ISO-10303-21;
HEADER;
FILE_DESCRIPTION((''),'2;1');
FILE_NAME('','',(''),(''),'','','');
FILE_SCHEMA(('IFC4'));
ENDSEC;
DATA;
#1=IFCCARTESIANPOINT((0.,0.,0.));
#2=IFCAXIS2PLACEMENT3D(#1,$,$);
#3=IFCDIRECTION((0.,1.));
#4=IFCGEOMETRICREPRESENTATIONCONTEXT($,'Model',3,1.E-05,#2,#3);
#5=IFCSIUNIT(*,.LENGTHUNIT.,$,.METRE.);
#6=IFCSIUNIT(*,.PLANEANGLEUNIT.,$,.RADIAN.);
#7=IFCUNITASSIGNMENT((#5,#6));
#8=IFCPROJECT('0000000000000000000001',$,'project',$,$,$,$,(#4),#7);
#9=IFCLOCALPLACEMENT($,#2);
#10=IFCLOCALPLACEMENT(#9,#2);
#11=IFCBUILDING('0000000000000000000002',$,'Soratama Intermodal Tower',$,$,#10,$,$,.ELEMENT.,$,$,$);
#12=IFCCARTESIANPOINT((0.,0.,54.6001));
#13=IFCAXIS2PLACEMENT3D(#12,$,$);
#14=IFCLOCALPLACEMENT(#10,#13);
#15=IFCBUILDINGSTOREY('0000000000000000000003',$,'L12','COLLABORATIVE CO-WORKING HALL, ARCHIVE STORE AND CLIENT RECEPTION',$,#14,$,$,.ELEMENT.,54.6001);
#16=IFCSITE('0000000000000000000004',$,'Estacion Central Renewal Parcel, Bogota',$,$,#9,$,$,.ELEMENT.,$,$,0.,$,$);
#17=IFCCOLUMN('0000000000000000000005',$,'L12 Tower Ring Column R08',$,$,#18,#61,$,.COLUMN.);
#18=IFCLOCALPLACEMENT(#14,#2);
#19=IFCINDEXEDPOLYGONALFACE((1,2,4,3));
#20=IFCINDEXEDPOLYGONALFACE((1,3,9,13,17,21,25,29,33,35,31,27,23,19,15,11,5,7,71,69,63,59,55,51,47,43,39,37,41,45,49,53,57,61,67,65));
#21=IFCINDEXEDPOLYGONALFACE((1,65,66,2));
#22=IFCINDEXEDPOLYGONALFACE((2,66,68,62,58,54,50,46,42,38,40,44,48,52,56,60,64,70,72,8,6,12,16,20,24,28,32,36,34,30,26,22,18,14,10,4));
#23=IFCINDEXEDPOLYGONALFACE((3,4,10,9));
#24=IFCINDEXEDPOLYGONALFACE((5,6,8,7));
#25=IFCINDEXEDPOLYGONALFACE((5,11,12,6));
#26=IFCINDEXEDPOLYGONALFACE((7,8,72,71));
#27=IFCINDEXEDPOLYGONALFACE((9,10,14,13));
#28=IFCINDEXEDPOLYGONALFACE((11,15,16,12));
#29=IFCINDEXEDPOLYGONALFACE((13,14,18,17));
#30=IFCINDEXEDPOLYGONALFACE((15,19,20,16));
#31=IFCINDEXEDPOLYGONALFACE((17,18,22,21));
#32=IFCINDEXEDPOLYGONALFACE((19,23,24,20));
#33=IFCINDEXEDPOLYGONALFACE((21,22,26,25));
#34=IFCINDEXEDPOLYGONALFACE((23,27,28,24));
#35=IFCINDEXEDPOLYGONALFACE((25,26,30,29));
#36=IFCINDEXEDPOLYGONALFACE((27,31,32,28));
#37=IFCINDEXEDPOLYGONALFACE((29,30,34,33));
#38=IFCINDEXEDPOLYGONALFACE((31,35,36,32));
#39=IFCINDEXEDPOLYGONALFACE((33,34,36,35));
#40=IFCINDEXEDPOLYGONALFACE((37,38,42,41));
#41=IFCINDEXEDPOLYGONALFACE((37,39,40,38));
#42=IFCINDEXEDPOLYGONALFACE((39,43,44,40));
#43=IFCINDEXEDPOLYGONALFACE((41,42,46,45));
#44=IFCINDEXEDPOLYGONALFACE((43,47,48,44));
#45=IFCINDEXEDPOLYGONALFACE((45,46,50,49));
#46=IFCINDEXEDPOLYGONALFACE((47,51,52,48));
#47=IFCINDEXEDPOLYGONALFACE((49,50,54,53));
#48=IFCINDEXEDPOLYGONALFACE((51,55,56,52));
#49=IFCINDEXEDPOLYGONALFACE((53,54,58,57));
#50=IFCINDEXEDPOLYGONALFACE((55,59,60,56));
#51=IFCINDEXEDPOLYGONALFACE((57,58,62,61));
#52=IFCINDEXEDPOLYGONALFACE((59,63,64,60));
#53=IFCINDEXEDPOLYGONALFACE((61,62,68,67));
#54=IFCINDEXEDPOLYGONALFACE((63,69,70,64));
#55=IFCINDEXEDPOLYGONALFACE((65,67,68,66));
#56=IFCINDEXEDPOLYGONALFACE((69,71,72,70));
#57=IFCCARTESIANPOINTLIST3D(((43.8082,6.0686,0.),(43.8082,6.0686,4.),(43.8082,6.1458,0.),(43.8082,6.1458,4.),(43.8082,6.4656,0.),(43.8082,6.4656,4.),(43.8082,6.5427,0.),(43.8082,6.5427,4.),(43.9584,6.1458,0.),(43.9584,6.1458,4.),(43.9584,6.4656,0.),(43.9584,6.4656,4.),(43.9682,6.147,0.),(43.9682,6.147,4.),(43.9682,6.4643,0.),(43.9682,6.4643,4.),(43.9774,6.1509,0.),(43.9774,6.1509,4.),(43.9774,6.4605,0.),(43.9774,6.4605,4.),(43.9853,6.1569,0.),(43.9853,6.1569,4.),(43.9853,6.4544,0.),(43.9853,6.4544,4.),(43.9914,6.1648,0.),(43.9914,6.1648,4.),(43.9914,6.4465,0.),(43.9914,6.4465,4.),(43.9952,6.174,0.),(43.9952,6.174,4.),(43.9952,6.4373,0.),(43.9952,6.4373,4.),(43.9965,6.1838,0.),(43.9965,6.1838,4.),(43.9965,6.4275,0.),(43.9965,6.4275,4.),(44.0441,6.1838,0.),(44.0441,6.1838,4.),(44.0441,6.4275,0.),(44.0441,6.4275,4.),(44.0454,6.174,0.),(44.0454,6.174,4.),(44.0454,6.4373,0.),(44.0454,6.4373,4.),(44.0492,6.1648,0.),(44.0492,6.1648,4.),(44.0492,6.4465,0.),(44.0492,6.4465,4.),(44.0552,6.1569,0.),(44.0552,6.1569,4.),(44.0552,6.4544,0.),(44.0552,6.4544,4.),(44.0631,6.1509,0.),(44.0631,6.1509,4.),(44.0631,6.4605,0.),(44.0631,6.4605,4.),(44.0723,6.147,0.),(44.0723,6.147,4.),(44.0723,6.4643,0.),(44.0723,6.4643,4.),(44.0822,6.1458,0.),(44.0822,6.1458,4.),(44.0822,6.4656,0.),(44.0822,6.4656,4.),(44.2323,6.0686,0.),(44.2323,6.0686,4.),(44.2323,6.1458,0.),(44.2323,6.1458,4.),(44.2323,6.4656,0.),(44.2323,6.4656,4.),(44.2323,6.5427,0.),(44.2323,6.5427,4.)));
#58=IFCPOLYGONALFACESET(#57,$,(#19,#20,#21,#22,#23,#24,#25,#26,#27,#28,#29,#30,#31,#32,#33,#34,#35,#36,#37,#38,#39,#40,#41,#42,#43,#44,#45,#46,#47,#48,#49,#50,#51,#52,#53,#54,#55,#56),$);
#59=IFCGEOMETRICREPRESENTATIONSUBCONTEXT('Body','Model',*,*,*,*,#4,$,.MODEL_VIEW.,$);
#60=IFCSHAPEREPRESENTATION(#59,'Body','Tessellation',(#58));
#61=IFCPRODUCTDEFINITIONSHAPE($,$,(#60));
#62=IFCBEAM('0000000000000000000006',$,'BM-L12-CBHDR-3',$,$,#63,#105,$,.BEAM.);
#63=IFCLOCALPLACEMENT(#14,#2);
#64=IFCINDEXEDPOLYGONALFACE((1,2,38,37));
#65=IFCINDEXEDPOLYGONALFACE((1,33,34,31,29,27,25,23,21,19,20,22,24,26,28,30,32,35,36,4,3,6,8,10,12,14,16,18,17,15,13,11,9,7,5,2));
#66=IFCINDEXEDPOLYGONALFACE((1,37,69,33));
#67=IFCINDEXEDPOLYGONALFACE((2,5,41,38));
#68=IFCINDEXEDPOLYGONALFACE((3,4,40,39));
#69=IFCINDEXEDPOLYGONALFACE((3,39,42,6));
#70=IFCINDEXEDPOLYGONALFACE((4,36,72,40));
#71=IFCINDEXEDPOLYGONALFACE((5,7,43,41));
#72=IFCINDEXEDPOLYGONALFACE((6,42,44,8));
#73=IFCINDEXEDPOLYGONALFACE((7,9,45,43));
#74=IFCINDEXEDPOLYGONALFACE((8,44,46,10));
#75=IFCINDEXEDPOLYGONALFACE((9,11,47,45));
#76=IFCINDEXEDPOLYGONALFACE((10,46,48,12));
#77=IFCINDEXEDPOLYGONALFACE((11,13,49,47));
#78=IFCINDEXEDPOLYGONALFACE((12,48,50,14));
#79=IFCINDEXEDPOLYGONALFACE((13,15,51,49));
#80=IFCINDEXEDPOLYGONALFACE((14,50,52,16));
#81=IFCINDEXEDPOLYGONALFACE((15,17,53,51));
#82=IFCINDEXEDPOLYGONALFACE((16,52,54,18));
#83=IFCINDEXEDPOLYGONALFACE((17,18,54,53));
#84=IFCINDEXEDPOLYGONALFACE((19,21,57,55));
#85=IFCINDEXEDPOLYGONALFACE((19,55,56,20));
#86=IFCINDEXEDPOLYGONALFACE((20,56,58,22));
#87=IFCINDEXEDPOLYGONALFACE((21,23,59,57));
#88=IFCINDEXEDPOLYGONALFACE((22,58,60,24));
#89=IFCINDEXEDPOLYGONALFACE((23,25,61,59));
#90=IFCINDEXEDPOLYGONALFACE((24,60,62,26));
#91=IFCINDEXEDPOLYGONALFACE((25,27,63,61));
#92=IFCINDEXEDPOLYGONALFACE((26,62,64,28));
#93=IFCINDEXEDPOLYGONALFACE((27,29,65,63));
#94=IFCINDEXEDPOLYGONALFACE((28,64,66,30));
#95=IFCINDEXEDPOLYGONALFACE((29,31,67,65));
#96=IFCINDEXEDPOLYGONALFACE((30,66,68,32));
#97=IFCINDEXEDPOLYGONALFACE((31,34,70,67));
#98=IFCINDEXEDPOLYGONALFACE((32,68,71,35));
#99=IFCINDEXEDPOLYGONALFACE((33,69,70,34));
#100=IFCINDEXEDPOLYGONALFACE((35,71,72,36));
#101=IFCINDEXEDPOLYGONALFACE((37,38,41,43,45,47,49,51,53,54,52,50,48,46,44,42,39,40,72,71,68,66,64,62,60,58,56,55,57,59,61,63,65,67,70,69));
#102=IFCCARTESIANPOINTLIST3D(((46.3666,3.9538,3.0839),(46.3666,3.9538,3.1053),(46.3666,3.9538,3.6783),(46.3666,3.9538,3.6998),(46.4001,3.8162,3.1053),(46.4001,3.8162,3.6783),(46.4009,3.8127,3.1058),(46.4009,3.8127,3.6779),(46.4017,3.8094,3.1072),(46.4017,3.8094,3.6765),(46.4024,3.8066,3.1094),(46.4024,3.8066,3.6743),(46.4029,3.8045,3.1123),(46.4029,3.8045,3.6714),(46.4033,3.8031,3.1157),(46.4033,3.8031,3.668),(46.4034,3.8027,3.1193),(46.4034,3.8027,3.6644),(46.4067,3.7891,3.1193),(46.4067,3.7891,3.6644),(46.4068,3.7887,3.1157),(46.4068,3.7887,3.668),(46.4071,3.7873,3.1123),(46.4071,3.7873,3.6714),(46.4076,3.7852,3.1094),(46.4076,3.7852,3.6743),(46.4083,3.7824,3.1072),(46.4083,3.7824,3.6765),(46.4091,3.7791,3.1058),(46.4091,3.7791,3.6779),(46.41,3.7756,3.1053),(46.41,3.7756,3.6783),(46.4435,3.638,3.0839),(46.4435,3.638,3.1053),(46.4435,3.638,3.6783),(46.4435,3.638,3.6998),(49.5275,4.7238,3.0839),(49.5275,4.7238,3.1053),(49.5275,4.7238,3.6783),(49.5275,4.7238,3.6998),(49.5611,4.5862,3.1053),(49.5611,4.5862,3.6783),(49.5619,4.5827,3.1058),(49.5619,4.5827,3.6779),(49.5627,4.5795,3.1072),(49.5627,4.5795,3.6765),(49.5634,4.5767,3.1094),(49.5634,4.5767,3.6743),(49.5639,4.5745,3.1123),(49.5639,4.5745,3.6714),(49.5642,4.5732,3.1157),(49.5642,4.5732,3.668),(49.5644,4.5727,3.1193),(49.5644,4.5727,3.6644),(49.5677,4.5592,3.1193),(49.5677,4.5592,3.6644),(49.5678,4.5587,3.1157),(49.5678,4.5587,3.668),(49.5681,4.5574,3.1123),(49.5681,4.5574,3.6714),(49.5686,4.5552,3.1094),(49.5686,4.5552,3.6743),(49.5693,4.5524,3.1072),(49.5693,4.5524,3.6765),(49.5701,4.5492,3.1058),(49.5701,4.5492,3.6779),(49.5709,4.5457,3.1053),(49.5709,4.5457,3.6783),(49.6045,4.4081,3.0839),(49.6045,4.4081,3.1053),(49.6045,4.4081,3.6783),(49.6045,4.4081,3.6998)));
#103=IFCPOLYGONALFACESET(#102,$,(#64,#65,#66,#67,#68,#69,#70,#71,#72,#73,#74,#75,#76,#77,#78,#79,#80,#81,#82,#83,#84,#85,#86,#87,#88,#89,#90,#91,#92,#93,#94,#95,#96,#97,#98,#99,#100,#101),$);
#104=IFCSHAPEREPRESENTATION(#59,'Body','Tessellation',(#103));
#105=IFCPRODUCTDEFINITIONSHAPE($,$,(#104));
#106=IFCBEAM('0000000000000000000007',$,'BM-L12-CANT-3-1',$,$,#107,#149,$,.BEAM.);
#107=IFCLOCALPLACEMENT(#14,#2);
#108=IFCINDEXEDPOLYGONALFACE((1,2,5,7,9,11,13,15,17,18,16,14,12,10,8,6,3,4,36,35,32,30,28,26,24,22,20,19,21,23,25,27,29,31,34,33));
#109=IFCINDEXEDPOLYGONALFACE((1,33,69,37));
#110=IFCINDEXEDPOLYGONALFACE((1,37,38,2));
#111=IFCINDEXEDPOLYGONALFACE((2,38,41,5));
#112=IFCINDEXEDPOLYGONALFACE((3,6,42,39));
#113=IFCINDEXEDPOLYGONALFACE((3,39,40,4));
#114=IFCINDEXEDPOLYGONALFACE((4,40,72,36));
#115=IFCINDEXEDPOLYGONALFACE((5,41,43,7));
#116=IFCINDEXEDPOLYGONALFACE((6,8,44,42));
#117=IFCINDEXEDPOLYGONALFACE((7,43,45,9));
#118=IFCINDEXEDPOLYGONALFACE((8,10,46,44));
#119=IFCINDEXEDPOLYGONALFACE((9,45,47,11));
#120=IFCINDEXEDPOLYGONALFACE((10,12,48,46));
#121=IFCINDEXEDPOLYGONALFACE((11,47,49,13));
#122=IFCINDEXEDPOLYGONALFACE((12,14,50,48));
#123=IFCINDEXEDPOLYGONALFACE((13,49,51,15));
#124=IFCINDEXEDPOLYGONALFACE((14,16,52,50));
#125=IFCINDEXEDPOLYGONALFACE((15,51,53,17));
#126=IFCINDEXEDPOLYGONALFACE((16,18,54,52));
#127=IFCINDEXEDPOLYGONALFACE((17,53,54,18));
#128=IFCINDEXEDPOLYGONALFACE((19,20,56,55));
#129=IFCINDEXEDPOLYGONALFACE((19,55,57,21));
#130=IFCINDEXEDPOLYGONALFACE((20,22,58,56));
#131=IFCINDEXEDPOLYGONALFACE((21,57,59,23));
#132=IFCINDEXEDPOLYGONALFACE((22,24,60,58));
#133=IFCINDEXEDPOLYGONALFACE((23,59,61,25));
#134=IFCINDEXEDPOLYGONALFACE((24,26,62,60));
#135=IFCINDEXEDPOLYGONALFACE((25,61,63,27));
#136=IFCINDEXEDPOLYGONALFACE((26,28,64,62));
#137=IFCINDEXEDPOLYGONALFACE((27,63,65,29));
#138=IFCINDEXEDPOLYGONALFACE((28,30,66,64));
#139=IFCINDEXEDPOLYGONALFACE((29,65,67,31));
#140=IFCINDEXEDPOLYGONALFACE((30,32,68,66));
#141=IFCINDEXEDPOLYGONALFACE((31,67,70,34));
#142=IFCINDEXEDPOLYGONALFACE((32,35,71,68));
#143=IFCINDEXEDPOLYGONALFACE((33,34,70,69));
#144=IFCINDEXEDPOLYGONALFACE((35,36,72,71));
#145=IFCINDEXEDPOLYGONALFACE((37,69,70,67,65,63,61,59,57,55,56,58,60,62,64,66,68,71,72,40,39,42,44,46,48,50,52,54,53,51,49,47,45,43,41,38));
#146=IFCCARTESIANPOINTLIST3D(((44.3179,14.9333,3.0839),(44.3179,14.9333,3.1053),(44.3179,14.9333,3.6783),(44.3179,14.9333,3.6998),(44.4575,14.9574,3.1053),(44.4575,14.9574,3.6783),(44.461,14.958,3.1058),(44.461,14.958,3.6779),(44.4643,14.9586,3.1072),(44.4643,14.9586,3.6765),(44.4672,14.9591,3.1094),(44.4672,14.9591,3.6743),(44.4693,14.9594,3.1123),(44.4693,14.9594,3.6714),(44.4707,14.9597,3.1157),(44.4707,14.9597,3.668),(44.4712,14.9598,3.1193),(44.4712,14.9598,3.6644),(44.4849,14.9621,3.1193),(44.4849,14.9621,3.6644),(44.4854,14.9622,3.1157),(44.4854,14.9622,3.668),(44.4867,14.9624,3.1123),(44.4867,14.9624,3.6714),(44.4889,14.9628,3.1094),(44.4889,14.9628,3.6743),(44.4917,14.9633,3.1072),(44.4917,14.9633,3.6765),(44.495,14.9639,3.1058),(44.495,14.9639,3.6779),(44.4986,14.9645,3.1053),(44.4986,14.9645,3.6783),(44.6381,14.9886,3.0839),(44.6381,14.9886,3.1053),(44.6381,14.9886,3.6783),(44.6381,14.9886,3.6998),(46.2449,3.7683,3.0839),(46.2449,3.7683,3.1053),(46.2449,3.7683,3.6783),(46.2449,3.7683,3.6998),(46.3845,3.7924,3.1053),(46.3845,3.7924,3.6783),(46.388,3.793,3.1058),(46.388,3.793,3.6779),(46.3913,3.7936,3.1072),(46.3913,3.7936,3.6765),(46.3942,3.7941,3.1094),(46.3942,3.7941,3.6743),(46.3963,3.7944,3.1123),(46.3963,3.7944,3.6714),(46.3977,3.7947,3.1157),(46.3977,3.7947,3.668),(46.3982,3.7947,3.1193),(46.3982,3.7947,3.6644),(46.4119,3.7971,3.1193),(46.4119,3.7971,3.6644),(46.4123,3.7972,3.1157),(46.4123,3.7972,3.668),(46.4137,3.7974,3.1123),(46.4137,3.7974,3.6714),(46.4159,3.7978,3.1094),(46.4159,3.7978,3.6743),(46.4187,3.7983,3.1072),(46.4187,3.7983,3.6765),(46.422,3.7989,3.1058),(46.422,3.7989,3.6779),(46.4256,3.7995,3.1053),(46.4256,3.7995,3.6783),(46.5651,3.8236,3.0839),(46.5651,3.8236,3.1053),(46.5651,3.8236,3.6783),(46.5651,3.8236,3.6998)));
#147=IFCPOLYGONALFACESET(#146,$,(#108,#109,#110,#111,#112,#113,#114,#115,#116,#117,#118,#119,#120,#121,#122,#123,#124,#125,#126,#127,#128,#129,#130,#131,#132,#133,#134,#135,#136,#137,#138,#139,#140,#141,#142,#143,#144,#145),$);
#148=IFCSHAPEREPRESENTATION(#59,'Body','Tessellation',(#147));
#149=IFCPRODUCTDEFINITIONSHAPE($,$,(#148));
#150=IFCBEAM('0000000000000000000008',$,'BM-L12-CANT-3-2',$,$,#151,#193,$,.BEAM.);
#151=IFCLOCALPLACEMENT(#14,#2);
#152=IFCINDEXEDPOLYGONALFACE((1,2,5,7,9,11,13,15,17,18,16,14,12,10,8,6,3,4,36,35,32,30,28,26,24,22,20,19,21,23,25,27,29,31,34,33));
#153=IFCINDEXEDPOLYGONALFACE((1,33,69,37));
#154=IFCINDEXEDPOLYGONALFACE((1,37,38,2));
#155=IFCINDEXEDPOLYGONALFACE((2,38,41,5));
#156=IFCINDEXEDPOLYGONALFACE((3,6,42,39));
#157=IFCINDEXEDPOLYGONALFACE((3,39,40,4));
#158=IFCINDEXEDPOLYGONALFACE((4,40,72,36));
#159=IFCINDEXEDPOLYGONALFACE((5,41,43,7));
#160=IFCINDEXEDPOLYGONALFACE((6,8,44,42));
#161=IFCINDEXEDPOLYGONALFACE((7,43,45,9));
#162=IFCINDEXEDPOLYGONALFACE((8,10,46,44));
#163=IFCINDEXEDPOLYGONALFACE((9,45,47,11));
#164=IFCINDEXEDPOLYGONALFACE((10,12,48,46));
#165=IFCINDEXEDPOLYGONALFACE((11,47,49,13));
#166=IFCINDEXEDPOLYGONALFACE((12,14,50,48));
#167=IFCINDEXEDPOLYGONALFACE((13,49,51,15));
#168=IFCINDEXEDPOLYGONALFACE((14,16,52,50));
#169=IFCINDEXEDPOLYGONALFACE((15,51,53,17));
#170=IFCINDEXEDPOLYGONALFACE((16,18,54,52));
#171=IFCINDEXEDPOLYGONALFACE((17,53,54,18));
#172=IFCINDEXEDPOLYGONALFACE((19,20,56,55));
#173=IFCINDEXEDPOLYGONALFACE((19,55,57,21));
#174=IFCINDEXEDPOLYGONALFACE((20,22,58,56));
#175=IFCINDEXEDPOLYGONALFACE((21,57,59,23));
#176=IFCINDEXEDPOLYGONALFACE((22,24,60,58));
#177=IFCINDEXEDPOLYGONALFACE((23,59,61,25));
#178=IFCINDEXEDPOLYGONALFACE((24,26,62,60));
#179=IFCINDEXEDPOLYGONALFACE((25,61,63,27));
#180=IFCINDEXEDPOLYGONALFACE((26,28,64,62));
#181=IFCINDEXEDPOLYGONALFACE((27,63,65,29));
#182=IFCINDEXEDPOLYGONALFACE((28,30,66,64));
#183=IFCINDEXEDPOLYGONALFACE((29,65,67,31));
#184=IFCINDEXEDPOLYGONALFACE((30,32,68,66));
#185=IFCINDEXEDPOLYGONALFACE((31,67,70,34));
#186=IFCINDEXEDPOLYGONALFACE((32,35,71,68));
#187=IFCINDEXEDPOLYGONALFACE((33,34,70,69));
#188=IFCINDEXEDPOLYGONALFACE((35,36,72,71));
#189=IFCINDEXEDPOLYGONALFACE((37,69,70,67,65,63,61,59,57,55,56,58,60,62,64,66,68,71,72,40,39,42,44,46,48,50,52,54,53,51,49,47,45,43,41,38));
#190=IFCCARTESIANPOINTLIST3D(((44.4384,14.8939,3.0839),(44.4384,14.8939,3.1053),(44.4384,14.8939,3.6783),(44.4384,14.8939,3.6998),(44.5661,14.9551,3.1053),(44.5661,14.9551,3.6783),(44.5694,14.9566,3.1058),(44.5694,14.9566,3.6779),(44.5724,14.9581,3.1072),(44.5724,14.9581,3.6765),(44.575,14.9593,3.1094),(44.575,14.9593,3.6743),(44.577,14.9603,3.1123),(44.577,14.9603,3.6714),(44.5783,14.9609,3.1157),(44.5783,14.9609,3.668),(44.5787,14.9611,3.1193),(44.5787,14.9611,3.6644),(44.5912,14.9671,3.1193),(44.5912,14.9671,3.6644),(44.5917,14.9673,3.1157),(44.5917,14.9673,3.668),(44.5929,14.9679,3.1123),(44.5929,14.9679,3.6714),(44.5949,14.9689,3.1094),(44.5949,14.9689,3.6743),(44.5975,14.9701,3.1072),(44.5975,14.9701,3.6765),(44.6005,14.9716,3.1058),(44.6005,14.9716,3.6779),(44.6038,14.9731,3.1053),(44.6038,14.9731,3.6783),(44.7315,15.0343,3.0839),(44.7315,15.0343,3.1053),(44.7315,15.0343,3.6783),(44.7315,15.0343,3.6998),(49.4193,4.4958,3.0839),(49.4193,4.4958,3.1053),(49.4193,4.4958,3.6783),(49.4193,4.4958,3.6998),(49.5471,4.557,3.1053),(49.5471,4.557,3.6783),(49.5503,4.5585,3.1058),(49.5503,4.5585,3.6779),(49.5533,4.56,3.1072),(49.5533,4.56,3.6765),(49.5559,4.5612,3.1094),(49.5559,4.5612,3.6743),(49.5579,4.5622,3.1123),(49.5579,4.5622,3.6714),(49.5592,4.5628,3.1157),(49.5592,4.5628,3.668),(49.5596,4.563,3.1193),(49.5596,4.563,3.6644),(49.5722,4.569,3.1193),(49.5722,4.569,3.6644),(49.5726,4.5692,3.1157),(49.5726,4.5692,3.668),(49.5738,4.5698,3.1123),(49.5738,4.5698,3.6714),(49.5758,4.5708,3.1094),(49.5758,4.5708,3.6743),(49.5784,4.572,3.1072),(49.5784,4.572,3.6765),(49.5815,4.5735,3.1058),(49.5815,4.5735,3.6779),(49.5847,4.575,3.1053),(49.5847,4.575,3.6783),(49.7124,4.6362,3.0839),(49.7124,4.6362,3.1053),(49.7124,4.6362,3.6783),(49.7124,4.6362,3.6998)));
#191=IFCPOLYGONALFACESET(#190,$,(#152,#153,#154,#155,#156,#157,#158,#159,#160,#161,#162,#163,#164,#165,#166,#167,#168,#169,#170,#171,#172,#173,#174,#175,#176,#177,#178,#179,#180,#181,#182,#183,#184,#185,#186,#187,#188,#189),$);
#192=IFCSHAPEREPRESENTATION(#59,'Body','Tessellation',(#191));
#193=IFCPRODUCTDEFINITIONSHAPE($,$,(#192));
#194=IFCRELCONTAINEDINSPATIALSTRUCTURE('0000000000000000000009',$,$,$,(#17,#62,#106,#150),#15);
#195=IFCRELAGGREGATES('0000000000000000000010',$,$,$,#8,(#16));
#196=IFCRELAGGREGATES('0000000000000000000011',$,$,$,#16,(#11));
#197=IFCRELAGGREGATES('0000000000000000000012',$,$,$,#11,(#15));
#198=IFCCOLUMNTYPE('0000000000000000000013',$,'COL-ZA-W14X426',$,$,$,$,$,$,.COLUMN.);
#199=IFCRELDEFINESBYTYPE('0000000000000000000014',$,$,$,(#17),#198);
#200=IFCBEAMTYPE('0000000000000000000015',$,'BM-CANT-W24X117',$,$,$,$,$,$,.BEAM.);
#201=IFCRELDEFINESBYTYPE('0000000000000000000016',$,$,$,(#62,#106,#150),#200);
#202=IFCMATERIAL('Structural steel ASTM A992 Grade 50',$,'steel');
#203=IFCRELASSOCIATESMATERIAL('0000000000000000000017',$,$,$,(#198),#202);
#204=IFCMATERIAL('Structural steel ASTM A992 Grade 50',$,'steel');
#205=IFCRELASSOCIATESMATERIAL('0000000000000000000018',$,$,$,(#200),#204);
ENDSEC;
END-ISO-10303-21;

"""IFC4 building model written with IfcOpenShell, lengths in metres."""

from ifc_helpers import new_model, si_unit, direction, frame, origin, origin_2d, place, context, subcontext, project, spatial, i_section, extrude, material, material_profile, profile_set, type_object, element, save


model = new_model("IFC4")

# Units and contexts
model_context = context("Model", 3, precision=1e-05, world=origin(), true_north=direction((0.0, 1.0)))
body_context = subcontext(model_context, "Body", "Model", "MODEL_VIEW")
ifc_project = project(units=[si_unit("LENGTHUNIT", "METRE"), si_unit("PLANEANGLEUNIT", "RADIAN")], contexts=[model_context])

# Site, building, storey
site_placement = place(None, origin())
site = spatial("IfcSite", under=ifc_project, at=site_placement, Name="Estacion Central Renewal Parcel, Bogota", CompositionType="ELEMENT", RefElevation=0.0)
building_placement = place(site_placement, origin())
building = spatial("IfcBuilding", under=site, at=building_placement, Name="Soratama Intermodal Tower", CompositionType="ELEMENT")
storey_placement = place(building_placement, frame((0.0, 0.0, 54.6001)))
storey = spatial("IfcBuildingStorey", under=building, at=storey_placement, Name="L12", Description="COLLABORATIVE CO-WORKING HALL, ARCHIVE STORE AND CLIENT RECEPTION", CompositionType="ELEMENT", Elevation=54.6001)

# Column
ifc_material_1 = material(Name="Structural steel ASTM A992 Grade 50", Category="steel")
ifc_material_profile_1 = material_profile(ifc_material_1, i_section(OverallWidth=0.4241, OverallDepth=0.4741, WebThickness=0.0476, FlangeThickness=0.0771, FilletRadius=0.0381, at=origin_2d()), Name="W14X426")
ifc_profile_set_1 = profile_set([ifc_material_profile_1], Name="Structural steel ASTM A992 Grade 50")
column_type = type_object("IfcColumnType", Name="COL-ZA-W14X426", PredefinedType="COLUMN", material=ifc_profile_set_1)
column_placement = place(storey_placement, frame((44.0203, 6.3057, 0.0), z_axis=(0.0, 0.0, 1.0), x_axis=(1.0, 0.0, 0.0)))
element("IfcColumn", 1, at=column_placement, inside=storey, type_object=column_type, Name="L12 Tower Ring Column R08", PredefinedType="COLUMN", context=body_context, shape_type="SweptSolid", body=[
    extrude(i_section(OverallWidth=0.4241, OverallDepth=0.4741, WebThickness=0.0476, FlangeThickness=0.0771, FilletRadius=0.0381, at=origin_2d()), origin(), (0.0, 0.0, 1.0), 4.0),
])

# Beams
ifc_material_2 = material(Name="Structural steel ASTM A992 Grade 50", Category="steel")
ifc_material_profile_2 = material_profile(ifc_material_2, i_section(OverallWidth=0.325, OverallDepth=0.616, WebThickness=0.0139, FlangeThickness=0.0215, FilletRadius=0.0139, at=origin_2d()), Name="W24X117")
ifc_profile_set_2 = profile_set([ifc_material_profile_2], Name="Structural steel ASTM A992 Grade 50")
beam_type_1 = type_object("IfcBeamType", Name="BM-CANT-W24X117", PredefinedType="BEAM", material=ifc_profile_set_2)
beam_1_placement = place(storey_placement, frame((46.405, 3.7959, 3.3918), z_axis=(0.971586, 0.236687, 0.0), x_axis=(-0.236687, 0.971586, 0.0)))
element("IfcBeam", 2, at=beam_1_placement, inside=storey, type_object=beam_type_1, Name="BM-L12-CBHDR-3", PredefinedType="BEAM", context=body_context, shape_type="SweptSolid", body=[
    extrude(i_section(OverallWidth=0.325, OverallDepth=0.616, WebThickness=0.0139, FlangeThickness=0.0215, FilletRadius=0.0139, at=origin_2d()), origin(), (0.0, 0.0, 1.0), 3.2534),
])
beam_2_placement = place(storey_placement, frame((44.478, 14.9609, 3.3918), z_axis=(0.170078, -0.985431, 0.0), x_axis=(0.985431, 0.170078, 0.0)))
element("IfcBeam", 3, at=beam_2_placement, inside=storey, type_object=beam_type_1, Name="BM-L12-CANT-3-1", PredefinedType="BEAM", context=body_context, shape_type="SweptSolid", body=[
    extrude(i_section(OverallWidth=0.325, OverallDepth=0.616, WebThickness=0.0139, FlangeThickness=0.0215, FilletRadius=0.0139, at=origin_2d()), origin(), (0.0, 0.0, 1.0), 11.3301),
])
beam_3_placement = place(storey_placement, frame((44.585, 14.9641, 3.3918), z_axis=(0.432014, -0.901867, 0.0), x_axis=(0.901867, 0.432014, 0.0)))
element("IfcBeam", 4, at=beam_3_placement, inside=storey, type_object=beam_type_1, Name="BM-L12-CANT-3-2", PredefinedType="BEAM", context=body_context, shape_type="SweptSolid", body=[
    extrude(i_section(OverallWidth=0.325, OverallDepth=0.616, WebThickness=0.0139, FlangeThickness=0.0215, FilletRadius=0.0139, at=origin_2d()), origin(), (0.0, 0.0, 1.0), 11.5295),
])

save(model, "model.ifc")
